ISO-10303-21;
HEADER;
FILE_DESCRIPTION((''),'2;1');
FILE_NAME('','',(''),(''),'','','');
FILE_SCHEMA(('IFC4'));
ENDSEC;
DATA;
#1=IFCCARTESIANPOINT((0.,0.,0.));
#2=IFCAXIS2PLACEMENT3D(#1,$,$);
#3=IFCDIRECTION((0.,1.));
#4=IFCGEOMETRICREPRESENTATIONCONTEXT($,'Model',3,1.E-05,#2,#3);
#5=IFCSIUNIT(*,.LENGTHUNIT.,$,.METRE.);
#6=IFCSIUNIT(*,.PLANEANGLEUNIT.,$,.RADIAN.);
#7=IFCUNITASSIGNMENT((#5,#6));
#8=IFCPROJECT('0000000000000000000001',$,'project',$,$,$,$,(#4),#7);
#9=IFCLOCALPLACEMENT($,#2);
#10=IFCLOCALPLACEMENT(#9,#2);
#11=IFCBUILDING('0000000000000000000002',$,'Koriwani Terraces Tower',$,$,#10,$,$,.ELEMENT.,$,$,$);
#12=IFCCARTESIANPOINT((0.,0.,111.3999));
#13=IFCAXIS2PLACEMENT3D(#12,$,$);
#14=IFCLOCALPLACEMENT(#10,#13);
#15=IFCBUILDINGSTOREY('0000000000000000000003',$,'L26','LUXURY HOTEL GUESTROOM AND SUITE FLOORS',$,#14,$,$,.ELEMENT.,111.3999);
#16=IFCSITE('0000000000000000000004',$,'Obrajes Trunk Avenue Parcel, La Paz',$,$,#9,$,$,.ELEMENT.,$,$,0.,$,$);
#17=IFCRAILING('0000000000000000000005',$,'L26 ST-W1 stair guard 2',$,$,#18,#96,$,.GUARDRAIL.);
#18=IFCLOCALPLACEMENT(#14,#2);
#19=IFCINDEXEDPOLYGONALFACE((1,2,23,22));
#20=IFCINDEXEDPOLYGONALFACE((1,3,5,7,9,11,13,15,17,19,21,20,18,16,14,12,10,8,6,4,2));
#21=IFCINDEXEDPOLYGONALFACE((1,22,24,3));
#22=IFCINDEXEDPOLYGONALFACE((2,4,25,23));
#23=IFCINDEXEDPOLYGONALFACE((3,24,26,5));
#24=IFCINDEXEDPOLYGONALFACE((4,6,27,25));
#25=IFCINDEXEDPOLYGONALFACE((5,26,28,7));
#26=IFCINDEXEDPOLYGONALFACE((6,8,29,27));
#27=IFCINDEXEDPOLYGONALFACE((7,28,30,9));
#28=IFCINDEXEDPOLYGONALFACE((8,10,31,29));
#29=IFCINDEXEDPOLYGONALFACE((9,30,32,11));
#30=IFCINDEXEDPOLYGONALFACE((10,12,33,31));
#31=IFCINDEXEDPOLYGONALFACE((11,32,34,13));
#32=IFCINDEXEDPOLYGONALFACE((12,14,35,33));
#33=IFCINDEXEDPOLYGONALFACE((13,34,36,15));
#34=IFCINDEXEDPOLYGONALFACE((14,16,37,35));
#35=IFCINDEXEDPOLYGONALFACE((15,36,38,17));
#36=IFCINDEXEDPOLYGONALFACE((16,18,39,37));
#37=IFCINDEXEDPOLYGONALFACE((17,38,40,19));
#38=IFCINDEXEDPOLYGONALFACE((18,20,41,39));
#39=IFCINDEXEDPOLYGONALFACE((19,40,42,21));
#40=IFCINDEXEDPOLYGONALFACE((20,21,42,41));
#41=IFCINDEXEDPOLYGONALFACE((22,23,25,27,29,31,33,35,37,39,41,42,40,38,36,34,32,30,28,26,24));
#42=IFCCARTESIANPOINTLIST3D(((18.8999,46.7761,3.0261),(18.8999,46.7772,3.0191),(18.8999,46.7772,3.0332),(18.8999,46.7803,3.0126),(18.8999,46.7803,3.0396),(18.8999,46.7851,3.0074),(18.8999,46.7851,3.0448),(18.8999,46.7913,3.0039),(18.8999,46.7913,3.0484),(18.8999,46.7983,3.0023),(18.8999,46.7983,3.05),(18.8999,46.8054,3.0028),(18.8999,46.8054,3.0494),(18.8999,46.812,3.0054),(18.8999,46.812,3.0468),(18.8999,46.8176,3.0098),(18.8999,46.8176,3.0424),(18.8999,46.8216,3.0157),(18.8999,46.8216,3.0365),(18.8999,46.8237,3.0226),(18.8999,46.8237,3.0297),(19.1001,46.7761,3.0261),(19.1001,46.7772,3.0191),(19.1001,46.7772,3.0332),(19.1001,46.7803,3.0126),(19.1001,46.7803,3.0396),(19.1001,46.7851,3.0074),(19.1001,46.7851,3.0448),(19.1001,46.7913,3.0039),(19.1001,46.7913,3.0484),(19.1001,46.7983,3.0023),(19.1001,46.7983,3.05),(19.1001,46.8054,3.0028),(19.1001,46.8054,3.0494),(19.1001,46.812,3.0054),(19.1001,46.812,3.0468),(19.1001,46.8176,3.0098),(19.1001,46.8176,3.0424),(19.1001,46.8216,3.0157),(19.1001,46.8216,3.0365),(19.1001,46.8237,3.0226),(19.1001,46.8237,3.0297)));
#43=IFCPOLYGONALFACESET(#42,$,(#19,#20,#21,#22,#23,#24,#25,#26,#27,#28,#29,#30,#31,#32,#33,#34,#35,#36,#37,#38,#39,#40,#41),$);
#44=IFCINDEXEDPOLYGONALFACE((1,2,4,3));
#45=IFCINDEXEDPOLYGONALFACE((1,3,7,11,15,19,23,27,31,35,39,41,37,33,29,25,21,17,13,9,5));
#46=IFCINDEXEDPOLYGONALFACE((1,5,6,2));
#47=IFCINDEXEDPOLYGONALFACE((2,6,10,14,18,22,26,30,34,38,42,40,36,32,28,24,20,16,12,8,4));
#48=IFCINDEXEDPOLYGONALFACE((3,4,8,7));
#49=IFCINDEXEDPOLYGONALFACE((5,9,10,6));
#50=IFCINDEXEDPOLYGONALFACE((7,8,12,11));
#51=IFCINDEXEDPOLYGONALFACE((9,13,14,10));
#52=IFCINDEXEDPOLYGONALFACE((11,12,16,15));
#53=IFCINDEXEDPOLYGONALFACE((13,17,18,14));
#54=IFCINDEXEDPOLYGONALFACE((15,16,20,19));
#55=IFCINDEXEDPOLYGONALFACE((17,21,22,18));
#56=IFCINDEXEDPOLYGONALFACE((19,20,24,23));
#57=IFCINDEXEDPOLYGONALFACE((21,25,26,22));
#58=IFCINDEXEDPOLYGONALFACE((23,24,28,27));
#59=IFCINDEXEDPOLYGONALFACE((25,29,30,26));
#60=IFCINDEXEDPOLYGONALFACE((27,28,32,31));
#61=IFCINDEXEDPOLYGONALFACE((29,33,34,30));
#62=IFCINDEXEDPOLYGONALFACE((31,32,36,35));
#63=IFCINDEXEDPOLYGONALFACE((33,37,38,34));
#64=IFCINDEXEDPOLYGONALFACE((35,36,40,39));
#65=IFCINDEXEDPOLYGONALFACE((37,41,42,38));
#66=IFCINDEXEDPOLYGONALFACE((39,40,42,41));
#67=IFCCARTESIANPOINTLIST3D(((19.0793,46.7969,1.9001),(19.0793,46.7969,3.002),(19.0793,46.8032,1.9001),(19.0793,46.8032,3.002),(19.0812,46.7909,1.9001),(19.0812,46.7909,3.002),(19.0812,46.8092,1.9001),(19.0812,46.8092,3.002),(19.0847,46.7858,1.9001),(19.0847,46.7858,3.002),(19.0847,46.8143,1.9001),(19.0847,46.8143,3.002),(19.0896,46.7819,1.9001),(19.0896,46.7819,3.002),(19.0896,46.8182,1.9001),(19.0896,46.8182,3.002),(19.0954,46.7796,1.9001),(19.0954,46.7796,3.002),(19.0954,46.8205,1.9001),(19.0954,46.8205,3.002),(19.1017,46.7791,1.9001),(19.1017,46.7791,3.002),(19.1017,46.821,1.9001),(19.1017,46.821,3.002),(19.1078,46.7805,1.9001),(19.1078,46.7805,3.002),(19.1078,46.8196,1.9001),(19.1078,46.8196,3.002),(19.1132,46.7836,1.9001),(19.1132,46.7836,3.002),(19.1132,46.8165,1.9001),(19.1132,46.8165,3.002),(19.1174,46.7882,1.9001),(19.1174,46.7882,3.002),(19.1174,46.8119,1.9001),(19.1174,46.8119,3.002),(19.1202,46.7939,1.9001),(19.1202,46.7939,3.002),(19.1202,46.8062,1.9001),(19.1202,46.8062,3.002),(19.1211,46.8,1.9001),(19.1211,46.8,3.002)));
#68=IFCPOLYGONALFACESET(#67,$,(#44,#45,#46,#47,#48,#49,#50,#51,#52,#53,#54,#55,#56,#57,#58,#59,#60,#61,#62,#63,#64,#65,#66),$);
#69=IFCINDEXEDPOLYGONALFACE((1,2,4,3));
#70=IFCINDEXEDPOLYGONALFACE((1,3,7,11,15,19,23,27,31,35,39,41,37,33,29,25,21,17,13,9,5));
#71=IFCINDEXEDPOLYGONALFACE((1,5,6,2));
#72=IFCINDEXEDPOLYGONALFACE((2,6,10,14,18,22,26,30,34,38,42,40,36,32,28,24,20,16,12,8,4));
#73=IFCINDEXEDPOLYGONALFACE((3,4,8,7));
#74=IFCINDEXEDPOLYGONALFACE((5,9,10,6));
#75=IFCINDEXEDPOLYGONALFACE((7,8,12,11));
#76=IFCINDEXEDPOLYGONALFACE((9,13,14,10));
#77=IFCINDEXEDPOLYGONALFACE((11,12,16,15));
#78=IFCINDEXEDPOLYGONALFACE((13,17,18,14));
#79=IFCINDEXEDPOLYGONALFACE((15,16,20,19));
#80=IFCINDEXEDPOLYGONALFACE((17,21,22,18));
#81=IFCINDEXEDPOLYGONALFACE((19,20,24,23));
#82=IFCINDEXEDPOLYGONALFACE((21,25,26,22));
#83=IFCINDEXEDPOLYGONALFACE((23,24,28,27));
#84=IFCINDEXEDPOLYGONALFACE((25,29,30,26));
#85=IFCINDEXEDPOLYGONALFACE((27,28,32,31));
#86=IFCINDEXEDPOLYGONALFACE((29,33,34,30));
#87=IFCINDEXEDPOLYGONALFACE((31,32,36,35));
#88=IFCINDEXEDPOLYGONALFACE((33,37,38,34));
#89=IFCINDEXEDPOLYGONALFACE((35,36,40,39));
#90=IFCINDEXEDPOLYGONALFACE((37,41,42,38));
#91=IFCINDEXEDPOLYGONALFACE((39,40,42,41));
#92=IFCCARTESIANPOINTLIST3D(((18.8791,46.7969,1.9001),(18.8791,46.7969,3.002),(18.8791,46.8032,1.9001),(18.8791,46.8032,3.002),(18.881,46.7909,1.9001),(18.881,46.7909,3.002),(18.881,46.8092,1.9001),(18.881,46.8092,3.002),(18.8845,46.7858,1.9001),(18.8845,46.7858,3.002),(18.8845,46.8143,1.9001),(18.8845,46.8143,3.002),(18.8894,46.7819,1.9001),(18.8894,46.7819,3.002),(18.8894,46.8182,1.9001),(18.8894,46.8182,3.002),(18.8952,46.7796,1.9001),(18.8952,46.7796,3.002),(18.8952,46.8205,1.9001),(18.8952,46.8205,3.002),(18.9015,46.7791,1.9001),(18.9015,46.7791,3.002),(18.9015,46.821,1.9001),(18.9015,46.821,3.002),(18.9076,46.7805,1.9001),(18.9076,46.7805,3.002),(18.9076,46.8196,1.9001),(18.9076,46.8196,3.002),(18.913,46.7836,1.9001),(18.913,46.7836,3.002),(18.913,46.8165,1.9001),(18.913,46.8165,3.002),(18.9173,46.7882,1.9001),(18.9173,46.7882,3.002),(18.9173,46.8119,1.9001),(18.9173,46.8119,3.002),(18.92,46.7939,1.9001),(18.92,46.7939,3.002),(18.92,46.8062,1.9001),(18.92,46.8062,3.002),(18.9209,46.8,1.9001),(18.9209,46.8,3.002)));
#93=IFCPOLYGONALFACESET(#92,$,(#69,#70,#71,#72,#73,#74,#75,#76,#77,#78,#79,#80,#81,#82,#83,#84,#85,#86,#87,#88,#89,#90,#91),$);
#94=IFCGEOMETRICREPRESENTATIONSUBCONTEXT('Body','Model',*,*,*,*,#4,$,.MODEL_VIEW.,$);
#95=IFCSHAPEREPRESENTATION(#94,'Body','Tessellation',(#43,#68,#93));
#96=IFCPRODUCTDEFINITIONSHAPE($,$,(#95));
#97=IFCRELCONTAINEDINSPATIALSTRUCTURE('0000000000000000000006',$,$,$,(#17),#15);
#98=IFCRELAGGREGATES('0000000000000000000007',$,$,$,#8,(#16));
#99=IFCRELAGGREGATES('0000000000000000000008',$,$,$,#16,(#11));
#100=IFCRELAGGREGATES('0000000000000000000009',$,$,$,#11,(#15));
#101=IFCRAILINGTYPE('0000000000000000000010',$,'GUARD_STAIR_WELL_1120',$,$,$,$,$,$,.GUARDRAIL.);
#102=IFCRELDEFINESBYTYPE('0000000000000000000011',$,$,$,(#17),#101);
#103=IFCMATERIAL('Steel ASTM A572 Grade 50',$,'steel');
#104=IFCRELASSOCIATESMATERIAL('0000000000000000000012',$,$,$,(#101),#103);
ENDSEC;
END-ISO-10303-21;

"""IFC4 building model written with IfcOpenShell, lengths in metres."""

from ifc_helpers import new_model, si_unit, direction, frame, origin, origin_2d, place, context, subcontext, project, spatial, circle, extrude, material, type_object, element, save


model = new_model("IFC4")

# Units and contexts
model_context = context("Model", 3, precision=1e-05, world=origin(), true_north=direction((0.0, 1.0)))
body_context = subcontext(model_context, "Body", "Model", "MODEL_VIEW")
ifc_project = project(units=[si_unit("LENGTHUNIT", "METRE"), si_unit("PLANEANGLEUNIT", "RADIAN")], contexts=[model_context])

# Site, building, storey
site_placement = place(None, origin())
site = spatial("IfcSite", under=ifc_project, at=site_placement, Name="Obrajes Trunk Avenue Parcel, La Paz", CompositionType="ELEMENT", RefElevation=0.0)
building_placement = place(site_placement, origin())
building = spatial("IfcBuilding", under=site, at=building_placement, Name="Koriwani Terraces Tower", CompositionType="ELEMENT")
storey_placement = place(building_placement, frame((0.0, 0.0, 111.3999)))
storey = spatial("IfcBuildingStorey", under=building, at=storey_placement, Name="L26", Description="LUXURY HOTEL GUESTROOM AND SUITE FLOORS", CompositionType="ELEMENT", Elevation=111.3999)

# Shared definitions
ifc_material_1 = material(Name="Steel ASTM A572 Grade 50", Category="steel")

# Railing
railing_type_1 = type_object("IfcRailingType", Name="GUARD_STAIR_WELL_1120", PredefinedType="GUARDRAIL", material=ifc_material_1)
railing_1_placement = place(storey_placement, frame((19.1001, 46.8, 1.9001)))
element("IfcRailing", 1, at=railing_1_placement, inside=storey, type_object=railing_type_1, Name="L26 ST-W1 stair guard 2", PredefinedType="GUARDRAIL", context=body_context, shape_type="SweptSolid", body=[
    extrude(circle(Radius=0.0239, at=origin_2d()), frame((0.0, 0.0, 1.126), z_axis=(-1.0, 0.0, 0.0), x_axis=(0.0, -1.0, 0.0)), (0.0, 0.0, 1.0), 0.2002),
    extrude(circle(Radius=0.021, at=origin_2d()), origin(), (0.0, 0.0, 1.0), 1.1018),
    extrude(circle(Radius=0.021, at=origin_2d()), frame((-0.2002, 0.0, 0.0)), (0.0, 0.0, 1.0), 1.1018),
])

save(model, "model.ifc")
